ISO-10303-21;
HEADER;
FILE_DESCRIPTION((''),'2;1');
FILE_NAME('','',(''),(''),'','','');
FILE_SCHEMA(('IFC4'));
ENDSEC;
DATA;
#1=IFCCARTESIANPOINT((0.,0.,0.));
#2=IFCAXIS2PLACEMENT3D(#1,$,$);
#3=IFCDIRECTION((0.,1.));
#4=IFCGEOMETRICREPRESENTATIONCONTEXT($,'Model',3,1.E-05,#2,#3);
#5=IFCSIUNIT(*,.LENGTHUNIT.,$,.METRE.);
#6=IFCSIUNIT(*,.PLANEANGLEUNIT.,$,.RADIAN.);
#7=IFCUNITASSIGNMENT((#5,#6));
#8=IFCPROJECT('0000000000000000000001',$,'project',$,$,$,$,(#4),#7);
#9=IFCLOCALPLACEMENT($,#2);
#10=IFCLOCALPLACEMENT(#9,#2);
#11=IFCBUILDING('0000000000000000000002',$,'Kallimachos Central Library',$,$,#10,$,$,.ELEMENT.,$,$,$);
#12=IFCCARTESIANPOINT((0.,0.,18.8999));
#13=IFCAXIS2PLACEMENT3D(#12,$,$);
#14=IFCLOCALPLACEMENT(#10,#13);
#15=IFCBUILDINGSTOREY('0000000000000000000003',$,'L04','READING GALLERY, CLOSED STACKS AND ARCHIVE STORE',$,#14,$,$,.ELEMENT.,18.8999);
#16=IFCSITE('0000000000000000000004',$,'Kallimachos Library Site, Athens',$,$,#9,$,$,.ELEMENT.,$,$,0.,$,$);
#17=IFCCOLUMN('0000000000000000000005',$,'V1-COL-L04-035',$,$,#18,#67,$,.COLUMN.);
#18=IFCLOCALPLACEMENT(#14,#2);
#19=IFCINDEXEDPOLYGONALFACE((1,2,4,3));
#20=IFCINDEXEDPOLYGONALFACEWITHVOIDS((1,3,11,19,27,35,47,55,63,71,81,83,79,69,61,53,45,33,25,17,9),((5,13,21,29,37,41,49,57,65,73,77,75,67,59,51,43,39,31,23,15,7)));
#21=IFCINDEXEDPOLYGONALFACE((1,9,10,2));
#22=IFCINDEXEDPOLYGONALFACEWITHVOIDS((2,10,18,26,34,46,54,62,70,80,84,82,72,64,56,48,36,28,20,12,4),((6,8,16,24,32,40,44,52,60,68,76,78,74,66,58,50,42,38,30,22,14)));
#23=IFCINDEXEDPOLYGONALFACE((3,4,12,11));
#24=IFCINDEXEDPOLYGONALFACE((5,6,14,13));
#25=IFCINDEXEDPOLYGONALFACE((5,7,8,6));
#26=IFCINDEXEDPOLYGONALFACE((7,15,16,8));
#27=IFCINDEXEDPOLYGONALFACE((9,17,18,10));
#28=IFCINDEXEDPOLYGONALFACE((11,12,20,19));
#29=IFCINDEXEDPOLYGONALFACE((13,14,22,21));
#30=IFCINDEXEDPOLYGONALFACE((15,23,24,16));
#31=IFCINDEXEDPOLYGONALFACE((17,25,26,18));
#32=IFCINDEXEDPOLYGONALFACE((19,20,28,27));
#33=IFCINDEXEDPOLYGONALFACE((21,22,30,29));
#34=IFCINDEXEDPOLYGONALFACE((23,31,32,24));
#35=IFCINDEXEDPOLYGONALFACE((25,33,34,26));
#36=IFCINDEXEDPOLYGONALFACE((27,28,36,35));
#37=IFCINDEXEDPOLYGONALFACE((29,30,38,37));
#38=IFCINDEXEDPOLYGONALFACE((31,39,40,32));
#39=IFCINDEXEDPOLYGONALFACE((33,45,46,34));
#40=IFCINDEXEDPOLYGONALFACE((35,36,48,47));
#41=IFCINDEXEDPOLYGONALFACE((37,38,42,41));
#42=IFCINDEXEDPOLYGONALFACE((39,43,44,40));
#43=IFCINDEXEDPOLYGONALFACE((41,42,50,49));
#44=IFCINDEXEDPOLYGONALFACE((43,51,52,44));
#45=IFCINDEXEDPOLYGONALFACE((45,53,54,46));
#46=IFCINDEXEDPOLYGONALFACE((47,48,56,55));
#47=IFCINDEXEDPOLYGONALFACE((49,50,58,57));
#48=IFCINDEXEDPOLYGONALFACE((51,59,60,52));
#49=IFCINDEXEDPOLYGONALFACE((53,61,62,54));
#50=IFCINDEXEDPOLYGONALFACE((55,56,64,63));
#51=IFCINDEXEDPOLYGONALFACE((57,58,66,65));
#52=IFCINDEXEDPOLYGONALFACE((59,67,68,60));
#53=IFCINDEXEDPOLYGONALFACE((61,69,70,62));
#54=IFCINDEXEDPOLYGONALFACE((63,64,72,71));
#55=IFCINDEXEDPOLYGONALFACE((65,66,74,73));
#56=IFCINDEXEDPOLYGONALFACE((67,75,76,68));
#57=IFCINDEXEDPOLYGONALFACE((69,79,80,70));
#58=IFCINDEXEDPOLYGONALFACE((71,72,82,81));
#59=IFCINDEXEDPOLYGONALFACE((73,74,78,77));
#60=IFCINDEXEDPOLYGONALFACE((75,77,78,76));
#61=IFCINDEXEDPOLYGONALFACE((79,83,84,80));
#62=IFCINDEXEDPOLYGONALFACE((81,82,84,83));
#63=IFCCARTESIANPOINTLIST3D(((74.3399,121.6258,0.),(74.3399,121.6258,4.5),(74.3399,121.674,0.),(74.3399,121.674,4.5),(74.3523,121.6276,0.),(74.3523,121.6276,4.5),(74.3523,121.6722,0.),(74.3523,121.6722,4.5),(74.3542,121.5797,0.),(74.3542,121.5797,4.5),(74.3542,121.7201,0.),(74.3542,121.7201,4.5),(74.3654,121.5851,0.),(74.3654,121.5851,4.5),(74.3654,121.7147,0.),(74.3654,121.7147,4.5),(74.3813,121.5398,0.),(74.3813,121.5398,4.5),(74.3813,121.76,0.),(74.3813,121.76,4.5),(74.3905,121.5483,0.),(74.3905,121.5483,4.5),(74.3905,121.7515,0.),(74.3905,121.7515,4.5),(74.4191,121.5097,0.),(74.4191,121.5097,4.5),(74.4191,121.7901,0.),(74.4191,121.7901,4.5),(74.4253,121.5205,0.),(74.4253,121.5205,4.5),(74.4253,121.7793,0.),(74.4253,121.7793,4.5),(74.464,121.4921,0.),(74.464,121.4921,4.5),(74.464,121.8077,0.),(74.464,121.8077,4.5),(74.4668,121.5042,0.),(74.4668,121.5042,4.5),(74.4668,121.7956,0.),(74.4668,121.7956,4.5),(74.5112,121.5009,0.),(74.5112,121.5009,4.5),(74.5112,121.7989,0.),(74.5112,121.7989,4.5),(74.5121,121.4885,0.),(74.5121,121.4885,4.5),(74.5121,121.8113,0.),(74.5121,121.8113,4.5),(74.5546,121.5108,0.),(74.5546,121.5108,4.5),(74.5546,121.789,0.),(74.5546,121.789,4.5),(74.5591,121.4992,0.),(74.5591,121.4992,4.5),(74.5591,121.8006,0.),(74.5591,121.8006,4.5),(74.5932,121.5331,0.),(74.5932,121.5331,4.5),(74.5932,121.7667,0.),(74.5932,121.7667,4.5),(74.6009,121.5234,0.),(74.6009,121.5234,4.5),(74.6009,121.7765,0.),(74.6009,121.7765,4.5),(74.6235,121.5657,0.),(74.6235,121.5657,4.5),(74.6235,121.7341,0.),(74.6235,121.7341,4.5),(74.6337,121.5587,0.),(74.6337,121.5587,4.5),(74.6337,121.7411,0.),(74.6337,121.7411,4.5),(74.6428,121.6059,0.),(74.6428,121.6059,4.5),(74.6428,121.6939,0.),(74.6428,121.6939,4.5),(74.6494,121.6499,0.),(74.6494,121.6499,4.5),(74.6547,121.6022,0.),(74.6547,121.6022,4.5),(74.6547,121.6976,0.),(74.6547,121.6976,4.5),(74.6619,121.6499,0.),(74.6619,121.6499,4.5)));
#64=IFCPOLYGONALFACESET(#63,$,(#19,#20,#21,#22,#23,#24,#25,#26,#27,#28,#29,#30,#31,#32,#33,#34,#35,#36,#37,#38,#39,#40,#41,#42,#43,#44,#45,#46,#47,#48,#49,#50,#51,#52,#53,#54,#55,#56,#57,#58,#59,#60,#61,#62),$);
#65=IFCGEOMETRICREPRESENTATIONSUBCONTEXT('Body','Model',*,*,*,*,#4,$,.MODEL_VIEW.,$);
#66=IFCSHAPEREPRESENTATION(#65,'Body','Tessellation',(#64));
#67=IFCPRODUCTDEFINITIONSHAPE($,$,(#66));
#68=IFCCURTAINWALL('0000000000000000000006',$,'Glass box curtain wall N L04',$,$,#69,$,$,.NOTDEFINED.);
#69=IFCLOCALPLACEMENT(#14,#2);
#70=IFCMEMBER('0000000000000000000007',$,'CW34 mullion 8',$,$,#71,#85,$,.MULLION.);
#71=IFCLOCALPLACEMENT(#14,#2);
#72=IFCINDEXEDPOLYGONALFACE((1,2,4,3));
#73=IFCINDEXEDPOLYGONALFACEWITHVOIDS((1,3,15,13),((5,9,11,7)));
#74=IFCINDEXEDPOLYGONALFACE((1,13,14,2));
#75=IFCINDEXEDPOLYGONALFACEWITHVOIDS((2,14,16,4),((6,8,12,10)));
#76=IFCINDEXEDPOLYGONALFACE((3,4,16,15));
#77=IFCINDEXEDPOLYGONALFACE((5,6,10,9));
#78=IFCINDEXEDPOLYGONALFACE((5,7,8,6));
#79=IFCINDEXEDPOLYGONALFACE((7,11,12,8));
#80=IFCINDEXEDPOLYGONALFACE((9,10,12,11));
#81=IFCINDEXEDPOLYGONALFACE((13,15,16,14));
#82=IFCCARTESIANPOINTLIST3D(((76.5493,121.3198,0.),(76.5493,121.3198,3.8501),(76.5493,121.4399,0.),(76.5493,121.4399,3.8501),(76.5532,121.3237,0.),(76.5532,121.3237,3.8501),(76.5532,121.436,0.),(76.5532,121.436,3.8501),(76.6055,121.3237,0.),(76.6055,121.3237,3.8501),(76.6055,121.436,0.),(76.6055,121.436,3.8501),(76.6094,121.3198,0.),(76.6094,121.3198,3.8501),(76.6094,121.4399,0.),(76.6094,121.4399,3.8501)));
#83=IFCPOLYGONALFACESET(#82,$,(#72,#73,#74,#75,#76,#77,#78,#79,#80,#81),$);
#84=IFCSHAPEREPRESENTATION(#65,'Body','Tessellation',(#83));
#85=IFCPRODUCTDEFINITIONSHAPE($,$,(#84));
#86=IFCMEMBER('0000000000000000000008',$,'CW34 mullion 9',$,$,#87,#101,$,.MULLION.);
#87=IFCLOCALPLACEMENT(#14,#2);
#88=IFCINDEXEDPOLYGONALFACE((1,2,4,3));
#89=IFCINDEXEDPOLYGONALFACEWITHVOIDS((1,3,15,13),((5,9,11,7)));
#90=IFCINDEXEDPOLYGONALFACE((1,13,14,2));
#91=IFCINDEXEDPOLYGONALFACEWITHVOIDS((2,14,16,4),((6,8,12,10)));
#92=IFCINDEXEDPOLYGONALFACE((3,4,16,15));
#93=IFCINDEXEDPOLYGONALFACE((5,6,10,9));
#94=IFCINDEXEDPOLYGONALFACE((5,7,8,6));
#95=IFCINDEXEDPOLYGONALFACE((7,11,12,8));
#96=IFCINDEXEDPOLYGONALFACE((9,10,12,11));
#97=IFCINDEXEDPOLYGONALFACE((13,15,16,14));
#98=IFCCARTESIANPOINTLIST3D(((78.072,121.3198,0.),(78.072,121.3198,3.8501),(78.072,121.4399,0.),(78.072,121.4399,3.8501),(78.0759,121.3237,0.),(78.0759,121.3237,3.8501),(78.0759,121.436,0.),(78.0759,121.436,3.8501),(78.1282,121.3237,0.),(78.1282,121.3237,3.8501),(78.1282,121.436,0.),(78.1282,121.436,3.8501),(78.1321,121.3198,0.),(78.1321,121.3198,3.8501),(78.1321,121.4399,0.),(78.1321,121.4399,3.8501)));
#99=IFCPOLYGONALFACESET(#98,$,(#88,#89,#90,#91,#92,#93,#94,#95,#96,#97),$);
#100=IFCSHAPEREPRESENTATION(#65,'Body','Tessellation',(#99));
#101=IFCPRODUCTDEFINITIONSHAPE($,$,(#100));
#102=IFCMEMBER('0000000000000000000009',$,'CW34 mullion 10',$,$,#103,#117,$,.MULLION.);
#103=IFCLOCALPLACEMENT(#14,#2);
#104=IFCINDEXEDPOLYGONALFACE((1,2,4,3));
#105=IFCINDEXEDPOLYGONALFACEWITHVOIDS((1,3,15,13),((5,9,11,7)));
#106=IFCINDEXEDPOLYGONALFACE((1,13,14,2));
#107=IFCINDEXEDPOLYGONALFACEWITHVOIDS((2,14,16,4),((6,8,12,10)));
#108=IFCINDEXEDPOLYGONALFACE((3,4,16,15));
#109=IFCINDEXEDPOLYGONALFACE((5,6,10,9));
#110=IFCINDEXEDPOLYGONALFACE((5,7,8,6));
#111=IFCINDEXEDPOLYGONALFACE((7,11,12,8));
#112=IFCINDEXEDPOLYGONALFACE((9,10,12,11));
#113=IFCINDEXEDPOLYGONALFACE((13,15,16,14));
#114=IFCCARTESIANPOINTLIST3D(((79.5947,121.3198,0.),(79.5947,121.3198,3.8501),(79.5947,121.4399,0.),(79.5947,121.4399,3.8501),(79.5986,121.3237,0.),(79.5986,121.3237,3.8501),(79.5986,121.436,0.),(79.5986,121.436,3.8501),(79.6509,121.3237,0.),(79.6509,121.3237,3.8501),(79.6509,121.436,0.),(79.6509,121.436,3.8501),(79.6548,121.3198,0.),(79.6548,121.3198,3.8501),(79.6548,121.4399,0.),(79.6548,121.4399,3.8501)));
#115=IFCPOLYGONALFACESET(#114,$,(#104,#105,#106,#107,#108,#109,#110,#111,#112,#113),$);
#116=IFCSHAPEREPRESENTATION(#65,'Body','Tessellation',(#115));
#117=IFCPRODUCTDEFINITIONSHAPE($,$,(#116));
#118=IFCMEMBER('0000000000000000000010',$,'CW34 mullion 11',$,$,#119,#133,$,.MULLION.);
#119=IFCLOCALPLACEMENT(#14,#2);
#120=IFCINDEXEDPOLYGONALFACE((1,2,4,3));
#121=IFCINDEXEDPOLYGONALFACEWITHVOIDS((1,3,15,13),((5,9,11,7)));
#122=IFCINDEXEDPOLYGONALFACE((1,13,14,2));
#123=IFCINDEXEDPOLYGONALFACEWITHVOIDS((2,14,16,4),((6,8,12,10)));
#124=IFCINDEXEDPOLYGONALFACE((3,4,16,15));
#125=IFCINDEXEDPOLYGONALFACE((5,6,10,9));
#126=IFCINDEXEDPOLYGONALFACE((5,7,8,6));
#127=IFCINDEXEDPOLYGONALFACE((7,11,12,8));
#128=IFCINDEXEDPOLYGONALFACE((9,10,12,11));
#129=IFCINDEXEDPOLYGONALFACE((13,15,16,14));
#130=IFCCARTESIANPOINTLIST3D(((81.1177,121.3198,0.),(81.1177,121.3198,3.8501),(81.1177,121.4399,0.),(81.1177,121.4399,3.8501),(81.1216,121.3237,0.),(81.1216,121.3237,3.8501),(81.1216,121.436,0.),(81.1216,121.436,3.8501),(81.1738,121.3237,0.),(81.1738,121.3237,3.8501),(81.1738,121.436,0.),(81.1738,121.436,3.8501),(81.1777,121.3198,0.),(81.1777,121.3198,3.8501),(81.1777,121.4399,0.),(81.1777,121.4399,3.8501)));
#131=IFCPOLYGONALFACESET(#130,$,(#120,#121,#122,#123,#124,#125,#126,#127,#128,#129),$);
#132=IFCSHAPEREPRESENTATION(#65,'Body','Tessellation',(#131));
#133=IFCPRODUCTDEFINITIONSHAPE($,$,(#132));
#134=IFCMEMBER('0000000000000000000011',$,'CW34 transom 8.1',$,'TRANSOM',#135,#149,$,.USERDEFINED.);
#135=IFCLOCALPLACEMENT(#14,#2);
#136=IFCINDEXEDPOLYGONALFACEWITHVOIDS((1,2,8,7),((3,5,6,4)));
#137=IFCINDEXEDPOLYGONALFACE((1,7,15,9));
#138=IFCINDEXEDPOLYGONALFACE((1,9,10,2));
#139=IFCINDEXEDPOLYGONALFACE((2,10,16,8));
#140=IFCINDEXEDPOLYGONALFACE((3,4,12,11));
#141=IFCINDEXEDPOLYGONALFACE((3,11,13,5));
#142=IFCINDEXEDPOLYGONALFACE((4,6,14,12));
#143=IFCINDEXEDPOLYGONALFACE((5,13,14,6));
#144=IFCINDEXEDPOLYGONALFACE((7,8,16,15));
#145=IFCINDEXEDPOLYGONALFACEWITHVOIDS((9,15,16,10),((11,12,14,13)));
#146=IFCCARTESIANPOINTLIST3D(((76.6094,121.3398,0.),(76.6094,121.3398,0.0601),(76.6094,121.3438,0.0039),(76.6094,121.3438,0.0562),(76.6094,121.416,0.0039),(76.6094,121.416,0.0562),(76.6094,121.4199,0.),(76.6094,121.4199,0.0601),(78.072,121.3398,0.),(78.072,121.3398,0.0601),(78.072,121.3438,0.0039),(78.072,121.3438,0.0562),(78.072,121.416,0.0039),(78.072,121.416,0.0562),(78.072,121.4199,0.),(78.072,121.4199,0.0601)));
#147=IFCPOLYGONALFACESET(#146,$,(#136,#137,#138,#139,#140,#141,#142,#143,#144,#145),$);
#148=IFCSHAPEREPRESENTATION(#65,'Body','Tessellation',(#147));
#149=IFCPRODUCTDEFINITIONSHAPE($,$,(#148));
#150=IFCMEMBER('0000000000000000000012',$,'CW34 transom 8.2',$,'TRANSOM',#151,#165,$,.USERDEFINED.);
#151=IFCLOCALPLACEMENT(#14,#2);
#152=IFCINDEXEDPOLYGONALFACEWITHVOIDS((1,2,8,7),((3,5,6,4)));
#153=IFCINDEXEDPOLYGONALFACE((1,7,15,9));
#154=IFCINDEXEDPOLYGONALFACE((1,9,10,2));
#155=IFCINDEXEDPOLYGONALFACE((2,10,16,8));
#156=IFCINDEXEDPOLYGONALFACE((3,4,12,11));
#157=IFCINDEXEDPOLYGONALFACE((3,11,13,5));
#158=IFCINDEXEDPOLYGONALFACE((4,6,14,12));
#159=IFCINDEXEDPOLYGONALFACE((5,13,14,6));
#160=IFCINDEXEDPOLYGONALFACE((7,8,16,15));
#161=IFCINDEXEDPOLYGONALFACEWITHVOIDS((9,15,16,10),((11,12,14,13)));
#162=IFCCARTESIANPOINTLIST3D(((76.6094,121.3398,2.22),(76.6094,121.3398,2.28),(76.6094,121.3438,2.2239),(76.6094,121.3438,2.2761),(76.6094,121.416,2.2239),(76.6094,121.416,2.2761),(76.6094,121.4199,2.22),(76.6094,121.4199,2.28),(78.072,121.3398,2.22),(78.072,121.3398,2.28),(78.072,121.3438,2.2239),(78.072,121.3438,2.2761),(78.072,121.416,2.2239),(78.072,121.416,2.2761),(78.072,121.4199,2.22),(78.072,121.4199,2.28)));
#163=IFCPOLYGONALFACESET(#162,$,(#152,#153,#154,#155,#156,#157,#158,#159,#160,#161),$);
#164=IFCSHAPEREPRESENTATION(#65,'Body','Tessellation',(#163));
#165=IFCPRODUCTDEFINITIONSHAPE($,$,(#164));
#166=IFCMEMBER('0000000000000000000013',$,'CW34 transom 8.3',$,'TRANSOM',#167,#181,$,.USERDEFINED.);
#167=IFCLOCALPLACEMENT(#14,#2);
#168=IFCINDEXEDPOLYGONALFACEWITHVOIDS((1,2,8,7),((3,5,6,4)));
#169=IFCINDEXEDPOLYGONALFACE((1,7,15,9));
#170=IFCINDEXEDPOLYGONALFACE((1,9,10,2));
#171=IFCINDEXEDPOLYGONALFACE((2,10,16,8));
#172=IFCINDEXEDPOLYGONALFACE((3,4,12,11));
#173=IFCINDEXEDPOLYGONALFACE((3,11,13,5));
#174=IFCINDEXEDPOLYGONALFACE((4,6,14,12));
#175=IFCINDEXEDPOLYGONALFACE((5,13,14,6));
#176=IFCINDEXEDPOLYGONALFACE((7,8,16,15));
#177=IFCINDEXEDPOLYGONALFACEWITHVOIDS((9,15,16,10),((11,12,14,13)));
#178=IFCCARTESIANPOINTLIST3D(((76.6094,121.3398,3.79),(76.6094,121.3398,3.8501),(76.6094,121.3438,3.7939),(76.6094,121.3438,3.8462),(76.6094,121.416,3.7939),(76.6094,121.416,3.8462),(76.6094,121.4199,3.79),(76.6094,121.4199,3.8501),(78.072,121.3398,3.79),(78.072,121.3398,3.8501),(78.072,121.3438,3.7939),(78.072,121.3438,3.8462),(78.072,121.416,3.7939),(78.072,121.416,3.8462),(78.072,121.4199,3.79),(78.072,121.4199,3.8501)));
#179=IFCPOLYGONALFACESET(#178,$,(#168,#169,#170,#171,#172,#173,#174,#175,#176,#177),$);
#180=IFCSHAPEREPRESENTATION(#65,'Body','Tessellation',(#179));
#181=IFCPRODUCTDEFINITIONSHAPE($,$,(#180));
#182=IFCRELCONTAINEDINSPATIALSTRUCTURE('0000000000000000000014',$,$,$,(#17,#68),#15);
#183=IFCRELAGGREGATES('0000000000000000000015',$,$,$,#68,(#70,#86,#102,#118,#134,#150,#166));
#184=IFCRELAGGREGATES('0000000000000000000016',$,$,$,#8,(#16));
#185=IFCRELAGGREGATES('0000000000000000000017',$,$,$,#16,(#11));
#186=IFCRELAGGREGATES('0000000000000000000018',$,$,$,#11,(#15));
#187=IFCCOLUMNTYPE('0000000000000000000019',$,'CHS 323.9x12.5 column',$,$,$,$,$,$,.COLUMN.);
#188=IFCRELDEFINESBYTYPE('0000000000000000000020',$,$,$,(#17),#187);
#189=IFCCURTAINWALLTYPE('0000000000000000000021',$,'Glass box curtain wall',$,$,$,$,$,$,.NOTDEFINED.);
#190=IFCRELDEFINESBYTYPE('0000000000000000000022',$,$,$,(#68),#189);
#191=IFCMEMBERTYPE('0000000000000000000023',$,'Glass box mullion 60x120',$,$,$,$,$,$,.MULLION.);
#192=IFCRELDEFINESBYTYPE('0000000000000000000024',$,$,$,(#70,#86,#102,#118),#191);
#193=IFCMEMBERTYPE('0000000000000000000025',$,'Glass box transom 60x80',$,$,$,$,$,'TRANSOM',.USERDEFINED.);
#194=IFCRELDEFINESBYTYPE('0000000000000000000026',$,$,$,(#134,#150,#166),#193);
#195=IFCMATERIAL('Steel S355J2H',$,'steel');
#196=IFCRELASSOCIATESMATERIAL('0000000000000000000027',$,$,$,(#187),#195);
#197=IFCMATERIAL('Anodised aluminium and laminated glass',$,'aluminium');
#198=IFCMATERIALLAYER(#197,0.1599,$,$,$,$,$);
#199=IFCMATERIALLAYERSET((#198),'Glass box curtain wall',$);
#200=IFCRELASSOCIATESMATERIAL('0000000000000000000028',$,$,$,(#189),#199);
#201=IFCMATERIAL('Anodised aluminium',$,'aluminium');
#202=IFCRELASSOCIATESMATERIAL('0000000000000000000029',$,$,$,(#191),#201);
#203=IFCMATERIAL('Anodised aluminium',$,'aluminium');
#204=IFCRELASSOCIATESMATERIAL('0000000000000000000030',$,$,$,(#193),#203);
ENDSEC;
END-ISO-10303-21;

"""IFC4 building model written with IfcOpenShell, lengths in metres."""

from ifc_helpers import new_model, si_unit, direction, frame, origin, origin_2d, place, context, subcontext, project, spatial, hollow_rectangle, hollow_circle, extrude, material, layer, layer_set, material_profile, profile_set, type_object, element, aggregate, save


model = new_model("IFC4")

# Units and contexts
model_context = context("Model", 3, precision=1e-05, world=origin(), true_north=direction((0.0, 1.0)))
body_context = subcontext(model_context, "Body", "Model", "MODEL_VIEW")
ifc_project = project(units=[si_unit("LENGTHUNIT", "METRE"), si_unit("PLANEANGLEUNIT", "RADIAN")], contexts=[model_context])

# Site, building, storey
site_placement = place(None, origin())
site = spatial("IfcSite", under=ifc_project, at=site_placement, Name="Kallimachos Library Site, Athens", CompositionType="ELEMENT", RefElevation=0.0)
building_placement = place(site_placement, origin())
building = spatial("IfcBuilding", under=site, at=building_placement, Name="Kallimachos Central Library", CompositionType="ELEMENT")
storey_placement = place(building_placement, frame((0.0, 0.0, 18.8999)))
storey = spatial("IfcBuildingStorey", under=building, at=storey_placement, Name="L04", Description="READING GALLERY, CLOSED STACKS AND ARCHIVE STORE", CompositionType="ELEMENT", Elevation=18.8999)

# Column
ifc_material_1 = material(Name="Steel S355J2H", Category="steel")
ifc_material_profile_1 = material_profile(ifc_material_1, hollow_circle(Radius=0.1619, WallThickness=0.0125, at=origin_2d()), Name="CHS 323.9x12.5")
ifc_profile_set_1 = profile_set([ifc_material_profile_1], Name="Steel S355J2H")
column_type = type_object("IfcColumnType", Name="CHS 323.9x12.5 column", PredefinedType="COLUMN", material=ifc_profile_set_1)
column_placement = place(storey_placement, frame((74.5, 121.6499, 0.0), z_axis=(0.0, 0.0, 1.0), x_axis=(1.0, 0.0, 0.0)))
element("IfcColumn", 1, at=column_placement, inside=storey, type_object=column_type, Name="V1-COL-L04-035", PredefinedType="COLUMN", context=body_context, shape_type="SweptSolid", body=[
    extrude(hollow_circle(Radius=0.1619, WallThickness=0.0125, at=origin_2d()), origin(), (0.0, 0.0, 1.0), 4.5),
])

# Curtain wall, members
ifc_material_2 = material(Name="Anodised aluminium and laminated glass", Category="aluminium")
ifc_layer_1 = layer(ifc_material_2, 0.1599)
ifc_layer_set_1 = layer_set([ifc_layer_1], Name="Glass box curtain wall")
curtain_wall_type = type_object("IfcCurtainWallType", Name="Glass box curtain wall", PredefinedType="NOTDEFINED", material=ifc_layer_set_1)
curtain_wall_placement = place(storey_placement, origin())
curtain_wall = element("IfcCurtainWall", 2, at=curtain_wall_placement, inside=storey, type_object=curtain_wall_type, Name="Glass box curtain wall N L04", PredefinedType="NOTDEFINED")
ifc_material_3 = material(Name="Anodised aluminium", Category="aluminium")
ifc_material_profile_2 = material_profile(ifc_material_3, hollow_rectangle(XDim=0.0601, YDim=0.1201, WallThickness=0.0039, at=origin_2d()), Name="ALU MULLION 60x120")
ifc_profile_set_2 = profile_set([ifc_material_profile_2], Name="Anodised aluminium")
member_type_1 = type_object("IfcMemberType", Name="Glass box mullion 60x120", PredefinedType="MULLION", material=ifc_profile_set_2)
member_1_placement = place(storey_placement, frame((76.5793, 121.3799, 0.0), z_axis=(0.0, 0.0, 1.0), x_axis=(1.0, 0.0, 0.0)))
member_1 = element("IfcMember", 3, at=member_1_placement, type_object=member_type_1, Name="CW34 mullion 8", PredefinedType="MULLION", context=body_context, shape_type="SweptSolid", body=[
    extrude(hollow_rectangle(XDim=0.0601, YDim=0.1201, WallThickness=0.0039, at=origin_2d()), origin(), (0.0, 0.0, 1.0), 3.8501),
])
member_2_placement = place(storey_placement, frame((78.1021, 121.3799, 0.0), z_axis=(0.0, 0.0, 1.0), x_axis=(1.0, 0.0, 0.0)))
member_2 = element("IfcMember", 4, at=member_2_placement, type_object=member_type_1, Name="CW34 mullion 9", PredefinedType="MULLION", context=body_context, shape_type="SweptSolid", body=[
    extrude(hollow_rectangle(XDim=0.0601, YDim=0.1201, WallThickness=0.0039, at=origin_2d()), origin(), (0.0, 0.0, 1.0), 3.8501),
])
member_3_placement = place(storey_placement, frame((79.6248, 121.3799, 0.0), z_axis=(0.0, 0.0, 1.0), x_axis=(1.0, 0.0, 0.0)))
member_3 = element("IfcMember", 5, at=member_3_placement, type_object=member_type_1, Name="CW34 mullion 10", PredefinedType="MULLION", context=body_context, shape_type="SweptSolid", body=[
    extrude(hollow_rectangle(XDim=0.0601, YDim=0.1201, WallThickness=0.0039, at=origin_2d()), origin(), (0.0, 0.0, 1.0), 3.8501),
])
member_4_placement = place(storey_placement, frame((81.1477, 121.3799, 0.0), z_axis=(0.0, 0.0, 1.0), x_axis=(1.0, 0.0, 0.0)))
member_4 = element("IfcMember", 6, at=member_4_placement, type_object=member_type_1, Name="CW34 mullion 11", PredefinedType="MULLION", context=body_context, shape_type="SweptSolid", body=[
    extrude(hollow_rectangle(XDim=0.0601, YDim=0.1201, WallThickness=0.0039, at=origin_2d()), origin(), (0.0, 0.0, 1.0), 3.8501),
])
ifc_material_4 = material(Name="Anodised aluminium", Category="aluminium")
ifc_material_profile_3 = material_profile(ifc_material_4, hollow_rectangle(XDim=0.0601, YDim=0.0801, WallThickness=0.0039, at=origin_2d()), Name="ALU TRANSOM 60x80")
ifc_profile_set_3 = profile_set([ifc_material_profile_3], Name="Anodised aluminium")
member_type_2 = type_object("IfcMemberType", Name="Glass box transom 60x80", ElementType="TRANSOM", PredefinedType="USERDEFINED", material=ifc_profile_set_3)
member_5_placement = place(storey_placement, frame((76.6094, 121.3799, 0.03), z_axis=(1.0, 0.0, 0.0), x_axis=(0.0, 0.0, 1.0)))
member_5 = element("IfcMember", 7, at=member_5_placement, type_object=member_type_2, Name="CW34 transom 8.1", ObjectType="TRANSOM", PredefinedType="USERDEFINED", context=body_context, shape_type="SweptSolid", body=[
    extrude(hollow_rectangle(XDim=0.0601, YDim=0.0801, WallThickness=0.0039, at=origin_2d()), origin(), (0.0, 0.0, 1.0), 1.4626),
])
member_6_placement = place(storey_placement, frame((76.6094, 121.3799, 2.25), z_axis=(1.0, 0.0, 0.0), x_axis=(0.0, 0.0, 1.0)))
member_6 = element("IfcMember", 8, at=member_6_placement, type_object=member_type_2, Name="CW34 transom 8.2", ObjectType="TRANSOM", PredefinedType="USERDEFINED", context=body_context, shape_type="SweptSolid", body=[
    extrude(hollow_rectangle(XDim=0.0601, YDim=0.0801, WallThickness=0.0039, at=origin_2d()), origin(), (0.0, 0.0, 1.0), 1.4626),
])
member_7_placement = place(storey_placement, frame((76.6094, 121.3799, 3.8201), z_axis=(1.0, 0.0, 0.0), x_axis=(0.0, 0.0, 1.0)))
member_7 = element("IfcMember", 9, at=member_7_placement, type_object=member_type_2, Name="CW34 transom 8.3", ObjectType="TRANSOM", PredefinedType="USERDEFINED", context=body_context, shape_type="SweptSolid", body=[
    extrude(hollow_rectangle(XDim=0.0601, YDim=0.0801, WallThickness=0.0039, at=origin_2d()), origin(), (0.0, 0.0, 1.0), 1.4626),
])

aggregate(curtain_wall, [member_1, member_2, member_3, member_4, member_5, member_6, member_7])

save(model, "model.ifc")
